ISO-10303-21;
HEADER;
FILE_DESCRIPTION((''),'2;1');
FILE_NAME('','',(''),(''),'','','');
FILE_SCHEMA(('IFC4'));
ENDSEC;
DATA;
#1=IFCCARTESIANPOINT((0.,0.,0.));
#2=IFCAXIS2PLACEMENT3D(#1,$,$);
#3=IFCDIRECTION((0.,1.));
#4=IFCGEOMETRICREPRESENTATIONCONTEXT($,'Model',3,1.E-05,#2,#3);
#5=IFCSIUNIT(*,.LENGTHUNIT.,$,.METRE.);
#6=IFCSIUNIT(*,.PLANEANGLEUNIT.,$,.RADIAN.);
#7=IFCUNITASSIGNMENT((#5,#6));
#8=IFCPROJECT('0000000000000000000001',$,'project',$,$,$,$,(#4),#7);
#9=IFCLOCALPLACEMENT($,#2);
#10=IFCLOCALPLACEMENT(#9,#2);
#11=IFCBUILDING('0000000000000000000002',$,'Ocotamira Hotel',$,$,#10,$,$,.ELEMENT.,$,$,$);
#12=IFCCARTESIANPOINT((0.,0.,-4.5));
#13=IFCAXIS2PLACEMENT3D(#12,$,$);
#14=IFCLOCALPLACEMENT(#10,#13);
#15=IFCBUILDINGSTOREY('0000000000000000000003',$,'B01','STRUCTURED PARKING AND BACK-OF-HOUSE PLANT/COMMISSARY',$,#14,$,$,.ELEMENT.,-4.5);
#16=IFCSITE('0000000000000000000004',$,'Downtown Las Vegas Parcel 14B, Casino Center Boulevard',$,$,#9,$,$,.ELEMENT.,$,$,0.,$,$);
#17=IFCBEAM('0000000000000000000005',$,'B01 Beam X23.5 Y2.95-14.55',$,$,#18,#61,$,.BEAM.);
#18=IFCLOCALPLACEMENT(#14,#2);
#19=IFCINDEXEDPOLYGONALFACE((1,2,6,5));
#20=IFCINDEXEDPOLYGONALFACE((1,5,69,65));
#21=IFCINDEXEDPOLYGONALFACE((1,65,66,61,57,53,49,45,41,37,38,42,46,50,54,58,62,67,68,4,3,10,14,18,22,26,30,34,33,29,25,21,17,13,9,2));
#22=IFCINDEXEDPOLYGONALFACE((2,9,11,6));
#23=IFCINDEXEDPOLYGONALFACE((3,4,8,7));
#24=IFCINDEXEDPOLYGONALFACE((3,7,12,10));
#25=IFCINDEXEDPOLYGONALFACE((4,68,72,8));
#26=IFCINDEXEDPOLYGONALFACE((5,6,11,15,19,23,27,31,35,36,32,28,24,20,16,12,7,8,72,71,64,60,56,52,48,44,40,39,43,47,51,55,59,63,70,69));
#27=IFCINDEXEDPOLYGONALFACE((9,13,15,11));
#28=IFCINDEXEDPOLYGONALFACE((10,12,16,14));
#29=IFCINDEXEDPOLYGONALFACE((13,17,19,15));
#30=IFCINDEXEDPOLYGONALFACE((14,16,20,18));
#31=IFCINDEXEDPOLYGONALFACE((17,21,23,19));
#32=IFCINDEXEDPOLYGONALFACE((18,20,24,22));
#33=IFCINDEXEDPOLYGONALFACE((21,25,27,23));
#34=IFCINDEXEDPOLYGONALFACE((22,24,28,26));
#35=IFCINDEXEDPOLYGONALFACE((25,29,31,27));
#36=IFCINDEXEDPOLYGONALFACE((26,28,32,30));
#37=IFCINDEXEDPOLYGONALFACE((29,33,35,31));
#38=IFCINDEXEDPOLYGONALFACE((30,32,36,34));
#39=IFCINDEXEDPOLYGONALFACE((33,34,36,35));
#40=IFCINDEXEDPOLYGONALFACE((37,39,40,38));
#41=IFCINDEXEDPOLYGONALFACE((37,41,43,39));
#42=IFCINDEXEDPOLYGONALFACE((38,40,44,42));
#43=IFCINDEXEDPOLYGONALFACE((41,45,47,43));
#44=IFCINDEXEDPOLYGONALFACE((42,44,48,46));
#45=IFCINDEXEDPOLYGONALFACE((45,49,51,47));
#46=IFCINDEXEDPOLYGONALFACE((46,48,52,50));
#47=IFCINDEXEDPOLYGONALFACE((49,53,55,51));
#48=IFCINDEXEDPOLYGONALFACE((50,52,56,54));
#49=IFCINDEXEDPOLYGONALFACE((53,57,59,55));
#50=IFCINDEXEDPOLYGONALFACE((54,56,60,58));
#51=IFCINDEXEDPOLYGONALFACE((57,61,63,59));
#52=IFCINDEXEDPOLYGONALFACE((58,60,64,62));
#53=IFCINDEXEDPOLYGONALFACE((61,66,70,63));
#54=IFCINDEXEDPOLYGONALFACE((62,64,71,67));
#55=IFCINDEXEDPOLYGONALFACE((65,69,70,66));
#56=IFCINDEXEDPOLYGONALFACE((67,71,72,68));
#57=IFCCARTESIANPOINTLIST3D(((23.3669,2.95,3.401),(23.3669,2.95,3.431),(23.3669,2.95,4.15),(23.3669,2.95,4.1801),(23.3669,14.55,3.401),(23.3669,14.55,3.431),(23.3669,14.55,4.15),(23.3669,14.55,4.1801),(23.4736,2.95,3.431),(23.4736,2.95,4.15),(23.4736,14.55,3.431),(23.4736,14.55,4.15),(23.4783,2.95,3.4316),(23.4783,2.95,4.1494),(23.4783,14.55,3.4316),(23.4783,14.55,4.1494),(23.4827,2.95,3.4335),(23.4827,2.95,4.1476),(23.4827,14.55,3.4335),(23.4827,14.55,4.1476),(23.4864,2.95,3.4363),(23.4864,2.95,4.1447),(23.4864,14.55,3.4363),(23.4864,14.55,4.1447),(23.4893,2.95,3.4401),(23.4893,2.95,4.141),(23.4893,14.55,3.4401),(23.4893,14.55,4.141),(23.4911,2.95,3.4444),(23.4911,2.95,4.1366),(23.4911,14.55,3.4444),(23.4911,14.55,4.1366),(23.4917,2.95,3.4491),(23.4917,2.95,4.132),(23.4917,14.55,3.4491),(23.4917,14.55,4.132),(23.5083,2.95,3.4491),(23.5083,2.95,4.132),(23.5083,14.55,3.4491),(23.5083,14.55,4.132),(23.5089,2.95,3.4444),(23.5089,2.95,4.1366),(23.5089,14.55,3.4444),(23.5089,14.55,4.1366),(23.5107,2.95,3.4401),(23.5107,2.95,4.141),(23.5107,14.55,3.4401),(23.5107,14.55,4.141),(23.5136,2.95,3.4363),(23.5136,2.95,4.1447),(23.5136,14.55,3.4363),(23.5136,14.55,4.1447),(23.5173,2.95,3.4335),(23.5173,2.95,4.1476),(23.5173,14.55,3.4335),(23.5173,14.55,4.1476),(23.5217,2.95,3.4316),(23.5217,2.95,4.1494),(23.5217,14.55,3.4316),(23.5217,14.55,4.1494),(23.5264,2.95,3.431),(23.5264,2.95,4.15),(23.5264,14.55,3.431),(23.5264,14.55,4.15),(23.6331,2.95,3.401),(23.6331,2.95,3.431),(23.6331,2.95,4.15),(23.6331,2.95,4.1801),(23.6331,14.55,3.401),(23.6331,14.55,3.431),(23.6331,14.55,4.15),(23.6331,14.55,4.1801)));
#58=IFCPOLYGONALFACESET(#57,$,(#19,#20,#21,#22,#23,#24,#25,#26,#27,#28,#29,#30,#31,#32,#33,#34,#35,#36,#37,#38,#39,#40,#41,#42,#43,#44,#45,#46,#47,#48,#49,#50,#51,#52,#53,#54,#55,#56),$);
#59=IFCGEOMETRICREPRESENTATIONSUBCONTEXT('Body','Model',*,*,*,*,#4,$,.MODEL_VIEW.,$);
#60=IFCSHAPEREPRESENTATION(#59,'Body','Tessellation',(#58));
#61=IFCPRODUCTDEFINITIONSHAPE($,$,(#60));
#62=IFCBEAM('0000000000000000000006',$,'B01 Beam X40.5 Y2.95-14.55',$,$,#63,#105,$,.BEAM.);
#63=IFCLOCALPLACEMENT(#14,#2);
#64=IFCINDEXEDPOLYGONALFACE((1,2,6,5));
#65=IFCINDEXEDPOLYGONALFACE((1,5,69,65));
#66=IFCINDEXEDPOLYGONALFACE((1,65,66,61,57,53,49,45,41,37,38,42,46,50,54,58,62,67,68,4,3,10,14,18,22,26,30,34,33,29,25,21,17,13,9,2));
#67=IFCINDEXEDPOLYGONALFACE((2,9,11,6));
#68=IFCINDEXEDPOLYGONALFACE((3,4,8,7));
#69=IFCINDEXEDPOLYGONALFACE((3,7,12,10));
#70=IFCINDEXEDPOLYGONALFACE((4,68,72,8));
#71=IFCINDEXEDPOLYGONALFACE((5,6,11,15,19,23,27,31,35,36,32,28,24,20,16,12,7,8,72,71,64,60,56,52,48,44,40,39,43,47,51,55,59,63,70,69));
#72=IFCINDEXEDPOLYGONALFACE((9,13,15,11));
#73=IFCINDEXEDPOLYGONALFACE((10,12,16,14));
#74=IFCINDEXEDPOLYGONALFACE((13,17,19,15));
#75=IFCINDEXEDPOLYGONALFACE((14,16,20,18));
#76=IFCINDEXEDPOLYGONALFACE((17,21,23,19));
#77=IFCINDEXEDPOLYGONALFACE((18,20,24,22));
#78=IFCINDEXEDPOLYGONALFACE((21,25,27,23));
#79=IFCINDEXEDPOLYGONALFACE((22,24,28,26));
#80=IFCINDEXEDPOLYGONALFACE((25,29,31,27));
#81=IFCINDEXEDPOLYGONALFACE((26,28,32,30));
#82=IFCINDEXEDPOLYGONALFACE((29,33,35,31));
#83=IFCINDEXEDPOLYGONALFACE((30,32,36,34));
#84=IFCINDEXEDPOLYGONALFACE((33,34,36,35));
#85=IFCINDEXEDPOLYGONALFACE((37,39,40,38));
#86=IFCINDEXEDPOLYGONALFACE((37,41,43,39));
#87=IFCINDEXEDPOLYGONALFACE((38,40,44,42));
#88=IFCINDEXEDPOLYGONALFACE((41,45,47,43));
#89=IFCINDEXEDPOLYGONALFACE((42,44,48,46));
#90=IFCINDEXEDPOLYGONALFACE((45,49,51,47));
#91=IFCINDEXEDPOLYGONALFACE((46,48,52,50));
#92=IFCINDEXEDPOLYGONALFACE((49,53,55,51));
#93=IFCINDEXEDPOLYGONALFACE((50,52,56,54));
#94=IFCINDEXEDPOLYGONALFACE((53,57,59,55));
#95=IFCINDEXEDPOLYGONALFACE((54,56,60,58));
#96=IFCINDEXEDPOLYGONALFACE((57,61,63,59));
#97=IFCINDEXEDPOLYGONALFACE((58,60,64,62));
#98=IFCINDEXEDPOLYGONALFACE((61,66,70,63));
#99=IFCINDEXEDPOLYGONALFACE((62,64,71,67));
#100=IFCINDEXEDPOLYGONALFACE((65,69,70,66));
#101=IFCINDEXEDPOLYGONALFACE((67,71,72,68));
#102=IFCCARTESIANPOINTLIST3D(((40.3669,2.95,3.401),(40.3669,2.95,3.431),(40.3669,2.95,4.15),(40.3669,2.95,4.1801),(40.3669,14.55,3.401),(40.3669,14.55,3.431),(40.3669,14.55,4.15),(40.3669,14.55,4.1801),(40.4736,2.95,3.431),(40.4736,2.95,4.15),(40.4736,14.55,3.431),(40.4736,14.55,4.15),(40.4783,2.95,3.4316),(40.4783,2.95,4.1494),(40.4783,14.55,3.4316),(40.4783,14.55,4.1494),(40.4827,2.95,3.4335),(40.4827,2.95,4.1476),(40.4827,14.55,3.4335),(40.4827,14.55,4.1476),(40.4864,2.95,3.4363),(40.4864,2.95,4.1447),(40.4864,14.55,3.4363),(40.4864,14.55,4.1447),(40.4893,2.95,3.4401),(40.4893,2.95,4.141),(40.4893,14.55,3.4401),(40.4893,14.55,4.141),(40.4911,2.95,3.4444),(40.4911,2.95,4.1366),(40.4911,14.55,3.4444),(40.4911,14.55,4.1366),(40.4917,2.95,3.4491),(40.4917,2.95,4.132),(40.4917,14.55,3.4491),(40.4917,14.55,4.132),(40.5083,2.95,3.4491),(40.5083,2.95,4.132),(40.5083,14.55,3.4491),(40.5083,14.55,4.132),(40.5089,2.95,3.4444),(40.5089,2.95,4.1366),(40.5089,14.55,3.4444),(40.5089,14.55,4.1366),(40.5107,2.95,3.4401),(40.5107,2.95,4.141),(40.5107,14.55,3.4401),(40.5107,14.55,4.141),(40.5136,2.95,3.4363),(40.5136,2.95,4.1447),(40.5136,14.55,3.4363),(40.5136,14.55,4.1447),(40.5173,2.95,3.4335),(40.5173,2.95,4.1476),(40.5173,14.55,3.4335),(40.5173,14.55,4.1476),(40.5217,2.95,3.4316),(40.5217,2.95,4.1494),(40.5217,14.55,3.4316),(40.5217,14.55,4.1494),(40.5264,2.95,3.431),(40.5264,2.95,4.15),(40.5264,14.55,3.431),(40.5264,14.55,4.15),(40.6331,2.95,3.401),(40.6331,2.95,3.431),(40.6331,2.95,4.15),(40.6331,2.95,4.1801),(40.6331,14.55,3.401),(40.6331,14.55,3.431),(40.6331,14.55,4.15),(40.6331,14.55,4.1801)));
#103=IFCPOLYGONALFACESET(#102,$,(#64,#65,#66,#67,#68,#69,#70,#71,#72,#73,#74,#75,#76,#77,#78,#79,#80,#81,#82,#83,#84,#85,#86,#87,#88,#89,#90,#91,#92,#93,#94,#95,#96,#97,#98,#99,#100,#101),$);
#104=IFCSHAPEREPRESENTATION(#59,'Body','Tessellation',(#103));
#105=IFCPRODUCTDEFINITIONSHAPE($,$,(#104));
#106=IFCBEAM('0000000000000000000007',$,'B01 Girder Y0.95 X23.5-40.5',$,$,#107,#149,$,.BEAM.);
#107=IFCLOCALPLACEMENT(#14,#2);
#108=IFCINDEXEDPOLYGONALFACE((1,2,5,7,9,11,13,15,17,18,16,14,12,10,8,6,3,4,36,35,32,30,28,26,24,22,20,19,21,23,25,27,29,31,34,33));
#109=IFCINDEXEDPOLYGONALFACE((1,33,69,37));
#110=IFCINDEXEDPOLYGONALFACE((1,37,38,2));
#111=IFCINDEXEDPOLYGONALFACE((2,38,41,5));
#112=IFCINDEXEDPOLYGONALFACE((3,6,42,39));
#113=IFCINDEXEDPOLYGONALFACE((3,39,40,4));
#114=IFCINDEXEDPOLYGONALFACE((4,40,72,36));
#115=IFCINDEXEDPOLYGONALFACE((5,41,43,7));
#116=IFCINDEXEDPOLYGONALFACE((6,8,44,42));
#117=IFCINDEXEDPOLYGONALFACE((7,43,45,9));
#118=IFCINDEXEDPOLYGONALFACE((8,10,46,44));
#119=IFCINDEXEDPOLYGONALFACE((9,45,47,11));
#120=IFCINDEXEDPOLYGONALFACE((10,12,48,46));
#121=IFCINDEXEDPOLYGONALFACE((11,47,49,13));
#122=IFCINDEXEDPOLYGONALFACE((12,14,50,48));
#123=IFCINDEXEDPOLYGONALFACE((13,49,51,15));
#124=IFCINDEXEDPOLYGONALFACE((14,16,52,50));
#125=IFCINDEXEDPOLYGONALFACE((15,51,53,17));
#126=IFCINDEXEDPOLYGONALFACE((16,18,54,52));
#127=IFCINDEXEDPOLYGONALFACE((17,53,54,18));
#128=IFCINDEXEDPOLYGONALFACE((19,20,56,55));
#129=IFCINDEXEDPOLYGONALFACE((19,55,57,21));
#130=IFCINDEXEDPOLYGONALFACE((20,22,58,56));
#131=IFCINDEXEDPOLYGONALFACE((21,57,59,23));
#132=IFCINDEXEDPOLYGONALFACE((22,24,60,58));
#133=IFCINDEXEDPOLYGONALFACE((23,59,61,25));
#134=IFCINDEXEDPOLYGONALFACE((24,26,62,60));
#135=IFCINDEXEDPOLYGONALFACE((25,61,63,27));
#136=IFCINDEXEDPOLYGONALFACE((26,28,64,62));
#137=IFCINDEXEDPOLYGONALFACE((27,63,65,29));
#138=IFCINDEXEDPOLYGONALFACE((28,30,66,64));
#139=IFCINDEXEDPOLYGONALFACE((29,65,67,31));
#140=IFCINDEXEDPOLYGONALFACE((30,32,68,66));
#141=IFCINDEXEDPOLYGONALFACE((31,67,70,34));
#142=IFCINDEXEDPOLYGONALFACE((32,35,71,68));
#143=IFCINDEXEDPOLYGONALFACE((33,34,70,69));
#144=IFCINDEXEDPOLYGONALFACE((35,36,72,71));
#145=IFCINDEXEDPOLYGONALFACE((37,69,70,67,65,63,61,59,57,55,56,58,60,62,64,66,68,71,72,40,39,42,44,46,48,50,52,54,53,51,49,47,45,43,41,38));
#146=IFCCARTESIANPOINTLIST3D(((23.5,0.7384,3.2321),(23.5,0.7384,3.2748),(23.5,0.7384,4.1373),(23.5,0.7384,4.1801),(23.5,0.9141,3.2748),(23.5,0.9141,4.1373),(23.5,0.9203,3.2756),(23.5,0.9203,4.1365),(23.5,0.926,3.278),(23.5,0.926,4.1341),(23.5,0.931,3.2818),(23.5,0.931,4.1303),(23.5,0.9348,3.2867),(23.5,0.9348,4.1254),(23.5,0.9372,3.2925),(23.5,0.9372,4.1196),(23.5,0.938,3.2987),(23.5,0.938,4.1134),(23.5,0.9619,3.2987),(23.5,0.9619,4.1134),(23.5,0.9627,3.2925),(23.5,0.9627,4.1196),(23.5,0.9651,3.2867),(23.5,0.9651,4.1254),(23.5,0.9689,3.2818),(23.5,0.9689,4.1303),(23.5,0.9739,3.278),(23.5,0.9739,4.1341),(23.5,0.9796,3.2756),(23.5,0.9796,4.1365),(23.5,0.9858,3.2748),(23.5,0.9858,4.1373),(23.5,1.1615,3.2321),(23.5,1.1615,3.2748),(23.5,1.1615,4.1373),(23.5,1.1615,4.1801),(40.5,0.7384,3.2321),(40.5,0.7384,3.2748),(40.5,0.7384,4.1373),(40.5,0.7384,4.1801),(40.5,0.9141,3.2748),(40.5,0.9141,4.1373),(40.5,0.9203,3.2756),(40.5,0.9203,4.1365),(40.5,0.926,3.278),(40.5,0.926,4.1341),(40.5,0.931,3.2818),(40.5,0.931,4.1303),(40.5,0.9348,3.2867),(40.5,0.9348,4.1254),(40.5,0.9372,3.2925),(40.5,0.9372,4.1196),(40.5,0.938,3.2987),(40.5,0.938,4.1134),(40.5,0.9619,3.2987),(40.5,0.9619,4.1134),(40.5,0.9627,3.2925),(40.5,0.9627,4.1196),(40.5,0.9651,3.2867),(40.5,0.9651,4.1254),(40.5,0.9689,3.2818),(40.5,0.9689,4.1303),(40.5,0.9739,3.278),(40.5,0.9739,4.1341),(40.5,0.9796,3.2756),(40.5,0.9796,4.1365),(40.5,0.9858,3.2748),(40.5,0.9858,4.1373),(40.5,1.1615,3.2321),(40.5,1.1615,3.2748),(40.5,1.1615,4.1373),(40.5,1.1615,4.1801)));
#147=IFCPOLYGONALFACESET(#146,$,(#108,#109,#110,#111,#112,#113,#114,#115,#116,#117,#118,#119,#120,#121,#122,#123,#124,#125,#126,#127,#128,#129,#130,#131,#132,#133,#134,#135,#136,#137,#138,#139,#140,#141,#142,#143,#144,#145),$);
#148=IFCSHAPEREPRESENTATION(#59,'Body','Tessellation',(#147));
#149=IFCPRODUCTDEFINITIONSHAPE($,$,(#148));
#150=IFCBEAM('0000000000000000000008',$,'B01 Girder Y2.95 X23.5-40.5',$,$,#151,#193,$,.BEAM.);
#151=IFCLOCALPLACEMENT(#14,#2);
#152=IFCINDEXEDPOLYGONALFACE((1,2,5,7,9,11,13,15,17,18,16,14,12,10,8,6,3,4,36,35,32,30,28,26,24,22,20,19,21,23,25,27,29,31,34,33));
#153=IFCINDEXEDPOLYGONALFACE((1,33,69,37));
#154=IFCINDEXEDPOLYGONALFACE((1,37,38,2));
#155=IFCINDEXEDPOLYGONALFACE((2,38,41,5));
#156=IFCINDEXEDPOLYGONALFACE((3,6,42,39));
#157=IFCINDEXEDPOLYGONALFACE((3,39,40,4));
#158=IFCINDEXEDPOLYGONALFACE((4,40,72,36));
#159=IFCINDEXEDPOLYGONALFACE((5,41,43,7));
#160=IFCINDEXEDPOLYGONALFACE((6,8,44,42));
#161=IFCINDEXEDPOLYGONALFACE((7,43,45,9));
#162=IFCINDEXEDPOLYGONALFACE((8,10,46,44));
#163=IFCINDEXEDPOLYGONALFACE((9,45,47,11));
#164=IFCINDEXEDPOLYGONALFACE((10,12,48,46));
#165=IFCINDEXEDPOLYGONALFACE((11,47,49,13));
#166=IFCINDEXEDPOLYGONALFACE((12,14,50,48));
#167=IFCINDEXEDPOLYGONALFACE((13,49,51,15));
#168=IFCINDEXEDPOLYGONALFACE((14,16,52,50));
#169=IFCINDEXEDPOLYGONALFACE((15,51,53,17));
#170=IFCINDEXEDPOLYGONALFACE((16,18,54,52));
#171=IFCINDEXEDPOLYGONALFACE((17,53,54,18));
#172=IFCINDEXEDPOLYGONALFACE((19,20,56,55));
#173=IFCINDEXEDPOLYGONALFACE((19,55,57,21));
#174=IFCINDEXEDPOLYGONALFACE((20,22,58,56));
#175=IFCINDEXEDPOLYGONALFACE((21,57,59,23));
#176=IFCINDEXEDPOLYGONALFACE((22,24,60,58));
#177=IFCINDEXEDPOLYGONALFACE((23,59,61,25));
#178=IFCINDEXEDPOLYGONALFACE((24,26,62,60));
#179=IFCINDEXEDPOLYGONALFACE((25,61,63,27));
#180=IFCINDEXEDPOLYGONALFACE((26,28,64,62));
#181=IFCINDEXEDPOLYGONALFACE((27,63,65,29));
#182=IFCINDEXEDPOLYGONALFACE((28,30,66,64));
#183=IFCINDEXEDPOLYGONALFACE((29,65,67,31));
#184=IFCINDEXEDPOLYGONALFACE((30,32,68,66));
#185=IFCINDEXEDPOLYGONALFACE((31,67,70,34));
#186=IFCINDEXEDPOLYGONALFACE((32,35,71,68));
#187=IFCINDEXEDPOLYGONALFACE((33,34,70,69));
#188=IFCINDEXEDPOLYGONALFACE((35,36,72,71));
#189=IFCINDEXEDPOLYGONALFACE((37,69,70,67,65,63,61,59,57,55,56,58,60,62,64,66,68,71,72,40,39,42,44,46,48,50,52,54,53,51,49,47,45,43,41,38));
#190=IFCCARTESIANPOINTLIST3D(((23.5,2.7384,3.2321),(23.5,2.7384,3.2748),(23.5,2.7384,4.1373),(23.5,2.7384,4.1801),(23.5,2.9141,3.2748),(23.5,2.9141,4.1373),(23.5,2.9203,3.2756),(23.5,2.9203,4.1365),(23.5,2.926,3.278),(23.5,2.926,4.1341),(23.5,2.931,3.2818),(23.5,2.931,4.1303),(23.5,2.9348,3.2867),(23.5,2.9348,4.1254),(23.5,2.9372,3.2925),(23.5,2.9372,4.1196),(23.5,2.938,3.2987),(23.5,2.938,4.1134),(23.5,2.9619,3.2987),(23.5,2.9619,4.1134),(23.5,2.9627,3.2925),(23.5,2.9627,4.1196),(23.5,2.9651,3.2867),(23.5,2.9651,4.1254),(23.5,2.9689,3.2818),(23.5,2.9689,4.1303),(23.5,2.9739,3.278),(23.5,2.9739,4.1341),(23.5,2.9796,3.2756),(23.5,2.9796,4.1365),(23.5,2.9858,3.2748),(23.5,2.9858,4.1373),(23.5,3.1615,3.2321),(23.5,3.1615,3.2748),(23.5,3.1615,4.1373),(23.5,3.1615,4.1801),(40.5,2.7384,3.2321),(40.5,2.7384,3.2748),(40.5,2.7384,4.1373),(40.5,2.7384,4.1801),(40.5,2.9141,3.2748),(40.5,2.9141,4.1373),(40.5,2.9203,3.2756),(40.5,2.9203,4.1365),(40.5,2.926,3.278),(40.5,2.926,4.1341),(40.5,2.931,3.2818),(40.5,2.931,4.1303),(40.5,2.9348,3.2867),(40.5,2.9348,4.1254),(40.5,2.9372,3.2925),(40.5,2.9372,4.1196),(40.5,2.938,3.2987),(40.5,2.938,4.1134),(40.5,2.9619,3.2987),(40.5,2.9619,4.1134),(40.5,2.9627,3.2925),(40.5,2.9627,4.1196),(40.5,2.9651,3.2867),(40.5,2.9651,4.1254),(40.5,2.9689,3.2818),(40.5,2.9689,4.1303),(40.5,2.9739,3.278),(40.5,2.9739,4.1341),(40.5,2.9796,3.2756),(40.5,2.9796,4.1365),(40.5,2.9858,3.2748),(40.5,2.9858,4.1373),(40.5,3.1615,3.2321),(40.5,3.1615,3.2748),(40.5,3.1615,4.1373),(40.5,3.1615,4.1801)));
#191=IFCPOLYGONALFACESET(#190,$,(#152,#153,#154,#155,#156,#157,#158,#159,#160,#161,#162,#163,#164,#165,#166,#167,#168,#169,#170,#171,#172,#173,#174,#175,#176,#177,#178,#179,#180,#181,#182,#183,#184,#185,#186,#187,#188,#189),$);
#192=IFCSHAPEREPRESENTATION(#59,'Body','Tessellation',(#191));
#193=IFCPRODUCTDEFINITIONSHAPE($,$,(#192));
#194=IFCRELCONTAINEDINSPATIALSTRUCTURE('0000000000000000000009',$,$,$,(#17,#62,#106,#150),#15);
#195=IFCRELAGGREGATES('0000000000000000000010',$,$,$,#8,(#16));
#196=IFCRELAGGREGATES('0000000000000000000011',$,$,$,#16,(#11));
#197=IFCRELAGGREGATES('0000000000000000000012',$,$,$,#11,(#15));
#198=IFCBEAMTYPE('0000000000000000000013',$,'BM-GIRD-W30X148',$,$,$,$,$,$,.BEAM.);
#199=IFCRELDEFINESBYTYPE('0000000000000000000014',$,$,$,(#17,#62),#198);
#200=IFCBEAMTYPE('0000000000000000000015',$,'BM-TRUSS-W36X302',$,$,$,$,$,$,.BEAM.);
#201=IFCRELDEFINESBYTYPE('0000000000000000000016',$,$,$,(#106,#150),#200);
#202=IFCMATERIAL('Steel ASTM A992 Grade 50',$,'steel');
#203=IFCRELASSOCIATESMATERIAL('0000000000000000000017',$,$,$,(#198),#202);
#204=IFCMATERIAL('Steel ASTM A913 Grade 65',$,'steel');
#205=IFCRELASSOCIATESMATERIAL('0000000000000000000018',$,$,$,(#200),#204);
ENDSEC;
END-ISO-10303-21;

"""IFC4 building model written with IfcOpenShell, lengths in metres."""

from ifc_helpers import new_model, si_unit, direction, frame, origin, origin_2d, place, context, subcontext, project, spatial, i_section, extrude, source, transform, mapped, material, material_profile, profile_set, type_object, element, save


model = new_model("IFC4")

# Units and contexts
model_context = context("Model", 3, precision=1e-05, world=origin(), true_north=direction((0.0, 1.0)))
body_context = subcontext(model_context, "Body", "Model", "MODEL_VIEW")
ifc_project = project(units=[si_unit("LENGTHUNIT", "METRE"), si_unit("PLANEANGLEUNIT", "RADIAN")], contexts=[model_context])

# Site, building, storey
site_placement = place(None, origin())
site = spatial("IfcSite", under=ifc_project, at=site_placement, Name="Downtown Las Vegas Parcel 14B, Casino Center Boulevard", CompositionType="ELEMENT", RefElevation=0.0)
building_placement = place(site_placement, origin())
building = spatial("IfcBuilding", under=site, at=building_placement, Name="Ocotamira Hotel", CompositionType="ELEMENT")
storey_placement = place(building_placement, frame((0.0, 0.0, -4.5)))
storey = spatial("IfcBuildingStorey", under=building, at=storey_placement, Name="B01", Description="STRUCTURED PARKING AND BACK-OF-HOUSE PLANT/COMMISSARY", CompositionType="ELEMENT", Elevation=-4.5)

# Beams
ifc_material_1 = material(Name="Steel ASTM A992 Grade 50", Category="steel")
ifc_material_profile_1 = material_profile(ifc_material_1, i_section(OverallWidth=0.2661, OverallDepth=0.7791, WebThickness=0.0166, FlangeThickness=0.03, FilletRadius=0.0181, at=origin_2d()), Name="W30X148")
ifc_profile_set_1 = profile_set([ifc_material_profile_1], Name="Steel ASTM A992 Grade 50")
beam_type_1 = type_object("IfcBeamType", Name="BM-GIRD-W30X148", PredefinedType="BEAM", material=ifc_profile_set_1)
shared_shape_1 = source(origin(), body_context, "Body", "SweptSolid", [
    extrude(i_section(OverallWidth=0.2661, OverallDepth=0.7791, WebThickness=0.0166, FlangeThickness=0.03, FilletRadius=0.0181, at=origin_2d()), origin(), (0.0, 0.0, 1.0), 11.6001),
])
for number, where, z_axis, x_axis, name in (
    (1, (23.5, 2.95, 3.7905), (0.0, 1.0, 0.0), (-1.0, 0.0, 0.0), "B01 Beam X23.5 Y2.95-14.55"),
    (2, (40.5, 2.95, 3.7905), (0.0, 1.0, 0.0), (-1.0, 0.0, 0.0), "B01 Beam X40.5 Y2.95-14.55"),
):
    element("IfcBeam", number, at=place(storey_placement, frame(where, z_axis=z_axis, x_axis=x_axis)), inside=storey, type_object=beam_type_1, Name=name, PredefinedType="BEAM", context=body_context, shape_type="MappedRepresentation", body=[
        mapped(shared_shape_1, transform((0.0, 0.0, 0.0), scale=1.0)),
    ])
ifc_material_2 = material(Name="Steel ASTM A913 Grade 65", Category="steel")
ifc_material_profile_2 = material_profile(ifc_material_2, i_section(OverallWidth=0.4231, OverallDepth=0.948, WebThickness=0.0239, FlangeThickness=0.0427, FilletRadius=0.0239, at=origin_2d()), Name="W36X302")
ifc_profile_set_2 = profile_set([ifc_material_profile_2], Name="Steel ASTM A913 Grade 65")
beam_type_2 = type_object("IfcBeamType", Name="BM-TRUSS-W36X302", PredefinedType="BEAM", material=ifc_profile_set_2)
shared_shape_2 = source(origin(), body_context, "Body", "SweptSolid", [
    extrude(i_section(OverallWidth=0.4231, OverallDepth=0.948, WebThickness=0.0239, FlangeThickness=0.0427, FilletRadius=0.0239, at=origin_2d()), origin(), (0.0, 0.0, 1.0), 17.0),
])
for number, where, z_axis, x_axis, name in (
    (3, (23.5, 0.95, 3.7061), (1.0, 0.0, 0.0), (0.0, 1.0, 0.0), "B01 Girder Y0.95 X23.5-40.5"),
    (4, (23.5, 2.95, 3.7061), (1.0, 0.0, 0.0), (0.0, 1.0, 0.0), "B01 Girder Y2.95 X23.5-40.5"),
):
    element("IfcBeam", number, at=place(storey_placement, frame(where, z_axis=z_axis, x_axis=x_axis)), inside=storey, type_object=beam_type_2, Name=name, PredefinedType="BEAM", context=body_context, shape_type="MappedRepresentation", body=[
        mapped(shared_shape_2, transform((0.0, 0.0, 0.0), scale=1.0)),
    ])

save(model, "model.ifc")
